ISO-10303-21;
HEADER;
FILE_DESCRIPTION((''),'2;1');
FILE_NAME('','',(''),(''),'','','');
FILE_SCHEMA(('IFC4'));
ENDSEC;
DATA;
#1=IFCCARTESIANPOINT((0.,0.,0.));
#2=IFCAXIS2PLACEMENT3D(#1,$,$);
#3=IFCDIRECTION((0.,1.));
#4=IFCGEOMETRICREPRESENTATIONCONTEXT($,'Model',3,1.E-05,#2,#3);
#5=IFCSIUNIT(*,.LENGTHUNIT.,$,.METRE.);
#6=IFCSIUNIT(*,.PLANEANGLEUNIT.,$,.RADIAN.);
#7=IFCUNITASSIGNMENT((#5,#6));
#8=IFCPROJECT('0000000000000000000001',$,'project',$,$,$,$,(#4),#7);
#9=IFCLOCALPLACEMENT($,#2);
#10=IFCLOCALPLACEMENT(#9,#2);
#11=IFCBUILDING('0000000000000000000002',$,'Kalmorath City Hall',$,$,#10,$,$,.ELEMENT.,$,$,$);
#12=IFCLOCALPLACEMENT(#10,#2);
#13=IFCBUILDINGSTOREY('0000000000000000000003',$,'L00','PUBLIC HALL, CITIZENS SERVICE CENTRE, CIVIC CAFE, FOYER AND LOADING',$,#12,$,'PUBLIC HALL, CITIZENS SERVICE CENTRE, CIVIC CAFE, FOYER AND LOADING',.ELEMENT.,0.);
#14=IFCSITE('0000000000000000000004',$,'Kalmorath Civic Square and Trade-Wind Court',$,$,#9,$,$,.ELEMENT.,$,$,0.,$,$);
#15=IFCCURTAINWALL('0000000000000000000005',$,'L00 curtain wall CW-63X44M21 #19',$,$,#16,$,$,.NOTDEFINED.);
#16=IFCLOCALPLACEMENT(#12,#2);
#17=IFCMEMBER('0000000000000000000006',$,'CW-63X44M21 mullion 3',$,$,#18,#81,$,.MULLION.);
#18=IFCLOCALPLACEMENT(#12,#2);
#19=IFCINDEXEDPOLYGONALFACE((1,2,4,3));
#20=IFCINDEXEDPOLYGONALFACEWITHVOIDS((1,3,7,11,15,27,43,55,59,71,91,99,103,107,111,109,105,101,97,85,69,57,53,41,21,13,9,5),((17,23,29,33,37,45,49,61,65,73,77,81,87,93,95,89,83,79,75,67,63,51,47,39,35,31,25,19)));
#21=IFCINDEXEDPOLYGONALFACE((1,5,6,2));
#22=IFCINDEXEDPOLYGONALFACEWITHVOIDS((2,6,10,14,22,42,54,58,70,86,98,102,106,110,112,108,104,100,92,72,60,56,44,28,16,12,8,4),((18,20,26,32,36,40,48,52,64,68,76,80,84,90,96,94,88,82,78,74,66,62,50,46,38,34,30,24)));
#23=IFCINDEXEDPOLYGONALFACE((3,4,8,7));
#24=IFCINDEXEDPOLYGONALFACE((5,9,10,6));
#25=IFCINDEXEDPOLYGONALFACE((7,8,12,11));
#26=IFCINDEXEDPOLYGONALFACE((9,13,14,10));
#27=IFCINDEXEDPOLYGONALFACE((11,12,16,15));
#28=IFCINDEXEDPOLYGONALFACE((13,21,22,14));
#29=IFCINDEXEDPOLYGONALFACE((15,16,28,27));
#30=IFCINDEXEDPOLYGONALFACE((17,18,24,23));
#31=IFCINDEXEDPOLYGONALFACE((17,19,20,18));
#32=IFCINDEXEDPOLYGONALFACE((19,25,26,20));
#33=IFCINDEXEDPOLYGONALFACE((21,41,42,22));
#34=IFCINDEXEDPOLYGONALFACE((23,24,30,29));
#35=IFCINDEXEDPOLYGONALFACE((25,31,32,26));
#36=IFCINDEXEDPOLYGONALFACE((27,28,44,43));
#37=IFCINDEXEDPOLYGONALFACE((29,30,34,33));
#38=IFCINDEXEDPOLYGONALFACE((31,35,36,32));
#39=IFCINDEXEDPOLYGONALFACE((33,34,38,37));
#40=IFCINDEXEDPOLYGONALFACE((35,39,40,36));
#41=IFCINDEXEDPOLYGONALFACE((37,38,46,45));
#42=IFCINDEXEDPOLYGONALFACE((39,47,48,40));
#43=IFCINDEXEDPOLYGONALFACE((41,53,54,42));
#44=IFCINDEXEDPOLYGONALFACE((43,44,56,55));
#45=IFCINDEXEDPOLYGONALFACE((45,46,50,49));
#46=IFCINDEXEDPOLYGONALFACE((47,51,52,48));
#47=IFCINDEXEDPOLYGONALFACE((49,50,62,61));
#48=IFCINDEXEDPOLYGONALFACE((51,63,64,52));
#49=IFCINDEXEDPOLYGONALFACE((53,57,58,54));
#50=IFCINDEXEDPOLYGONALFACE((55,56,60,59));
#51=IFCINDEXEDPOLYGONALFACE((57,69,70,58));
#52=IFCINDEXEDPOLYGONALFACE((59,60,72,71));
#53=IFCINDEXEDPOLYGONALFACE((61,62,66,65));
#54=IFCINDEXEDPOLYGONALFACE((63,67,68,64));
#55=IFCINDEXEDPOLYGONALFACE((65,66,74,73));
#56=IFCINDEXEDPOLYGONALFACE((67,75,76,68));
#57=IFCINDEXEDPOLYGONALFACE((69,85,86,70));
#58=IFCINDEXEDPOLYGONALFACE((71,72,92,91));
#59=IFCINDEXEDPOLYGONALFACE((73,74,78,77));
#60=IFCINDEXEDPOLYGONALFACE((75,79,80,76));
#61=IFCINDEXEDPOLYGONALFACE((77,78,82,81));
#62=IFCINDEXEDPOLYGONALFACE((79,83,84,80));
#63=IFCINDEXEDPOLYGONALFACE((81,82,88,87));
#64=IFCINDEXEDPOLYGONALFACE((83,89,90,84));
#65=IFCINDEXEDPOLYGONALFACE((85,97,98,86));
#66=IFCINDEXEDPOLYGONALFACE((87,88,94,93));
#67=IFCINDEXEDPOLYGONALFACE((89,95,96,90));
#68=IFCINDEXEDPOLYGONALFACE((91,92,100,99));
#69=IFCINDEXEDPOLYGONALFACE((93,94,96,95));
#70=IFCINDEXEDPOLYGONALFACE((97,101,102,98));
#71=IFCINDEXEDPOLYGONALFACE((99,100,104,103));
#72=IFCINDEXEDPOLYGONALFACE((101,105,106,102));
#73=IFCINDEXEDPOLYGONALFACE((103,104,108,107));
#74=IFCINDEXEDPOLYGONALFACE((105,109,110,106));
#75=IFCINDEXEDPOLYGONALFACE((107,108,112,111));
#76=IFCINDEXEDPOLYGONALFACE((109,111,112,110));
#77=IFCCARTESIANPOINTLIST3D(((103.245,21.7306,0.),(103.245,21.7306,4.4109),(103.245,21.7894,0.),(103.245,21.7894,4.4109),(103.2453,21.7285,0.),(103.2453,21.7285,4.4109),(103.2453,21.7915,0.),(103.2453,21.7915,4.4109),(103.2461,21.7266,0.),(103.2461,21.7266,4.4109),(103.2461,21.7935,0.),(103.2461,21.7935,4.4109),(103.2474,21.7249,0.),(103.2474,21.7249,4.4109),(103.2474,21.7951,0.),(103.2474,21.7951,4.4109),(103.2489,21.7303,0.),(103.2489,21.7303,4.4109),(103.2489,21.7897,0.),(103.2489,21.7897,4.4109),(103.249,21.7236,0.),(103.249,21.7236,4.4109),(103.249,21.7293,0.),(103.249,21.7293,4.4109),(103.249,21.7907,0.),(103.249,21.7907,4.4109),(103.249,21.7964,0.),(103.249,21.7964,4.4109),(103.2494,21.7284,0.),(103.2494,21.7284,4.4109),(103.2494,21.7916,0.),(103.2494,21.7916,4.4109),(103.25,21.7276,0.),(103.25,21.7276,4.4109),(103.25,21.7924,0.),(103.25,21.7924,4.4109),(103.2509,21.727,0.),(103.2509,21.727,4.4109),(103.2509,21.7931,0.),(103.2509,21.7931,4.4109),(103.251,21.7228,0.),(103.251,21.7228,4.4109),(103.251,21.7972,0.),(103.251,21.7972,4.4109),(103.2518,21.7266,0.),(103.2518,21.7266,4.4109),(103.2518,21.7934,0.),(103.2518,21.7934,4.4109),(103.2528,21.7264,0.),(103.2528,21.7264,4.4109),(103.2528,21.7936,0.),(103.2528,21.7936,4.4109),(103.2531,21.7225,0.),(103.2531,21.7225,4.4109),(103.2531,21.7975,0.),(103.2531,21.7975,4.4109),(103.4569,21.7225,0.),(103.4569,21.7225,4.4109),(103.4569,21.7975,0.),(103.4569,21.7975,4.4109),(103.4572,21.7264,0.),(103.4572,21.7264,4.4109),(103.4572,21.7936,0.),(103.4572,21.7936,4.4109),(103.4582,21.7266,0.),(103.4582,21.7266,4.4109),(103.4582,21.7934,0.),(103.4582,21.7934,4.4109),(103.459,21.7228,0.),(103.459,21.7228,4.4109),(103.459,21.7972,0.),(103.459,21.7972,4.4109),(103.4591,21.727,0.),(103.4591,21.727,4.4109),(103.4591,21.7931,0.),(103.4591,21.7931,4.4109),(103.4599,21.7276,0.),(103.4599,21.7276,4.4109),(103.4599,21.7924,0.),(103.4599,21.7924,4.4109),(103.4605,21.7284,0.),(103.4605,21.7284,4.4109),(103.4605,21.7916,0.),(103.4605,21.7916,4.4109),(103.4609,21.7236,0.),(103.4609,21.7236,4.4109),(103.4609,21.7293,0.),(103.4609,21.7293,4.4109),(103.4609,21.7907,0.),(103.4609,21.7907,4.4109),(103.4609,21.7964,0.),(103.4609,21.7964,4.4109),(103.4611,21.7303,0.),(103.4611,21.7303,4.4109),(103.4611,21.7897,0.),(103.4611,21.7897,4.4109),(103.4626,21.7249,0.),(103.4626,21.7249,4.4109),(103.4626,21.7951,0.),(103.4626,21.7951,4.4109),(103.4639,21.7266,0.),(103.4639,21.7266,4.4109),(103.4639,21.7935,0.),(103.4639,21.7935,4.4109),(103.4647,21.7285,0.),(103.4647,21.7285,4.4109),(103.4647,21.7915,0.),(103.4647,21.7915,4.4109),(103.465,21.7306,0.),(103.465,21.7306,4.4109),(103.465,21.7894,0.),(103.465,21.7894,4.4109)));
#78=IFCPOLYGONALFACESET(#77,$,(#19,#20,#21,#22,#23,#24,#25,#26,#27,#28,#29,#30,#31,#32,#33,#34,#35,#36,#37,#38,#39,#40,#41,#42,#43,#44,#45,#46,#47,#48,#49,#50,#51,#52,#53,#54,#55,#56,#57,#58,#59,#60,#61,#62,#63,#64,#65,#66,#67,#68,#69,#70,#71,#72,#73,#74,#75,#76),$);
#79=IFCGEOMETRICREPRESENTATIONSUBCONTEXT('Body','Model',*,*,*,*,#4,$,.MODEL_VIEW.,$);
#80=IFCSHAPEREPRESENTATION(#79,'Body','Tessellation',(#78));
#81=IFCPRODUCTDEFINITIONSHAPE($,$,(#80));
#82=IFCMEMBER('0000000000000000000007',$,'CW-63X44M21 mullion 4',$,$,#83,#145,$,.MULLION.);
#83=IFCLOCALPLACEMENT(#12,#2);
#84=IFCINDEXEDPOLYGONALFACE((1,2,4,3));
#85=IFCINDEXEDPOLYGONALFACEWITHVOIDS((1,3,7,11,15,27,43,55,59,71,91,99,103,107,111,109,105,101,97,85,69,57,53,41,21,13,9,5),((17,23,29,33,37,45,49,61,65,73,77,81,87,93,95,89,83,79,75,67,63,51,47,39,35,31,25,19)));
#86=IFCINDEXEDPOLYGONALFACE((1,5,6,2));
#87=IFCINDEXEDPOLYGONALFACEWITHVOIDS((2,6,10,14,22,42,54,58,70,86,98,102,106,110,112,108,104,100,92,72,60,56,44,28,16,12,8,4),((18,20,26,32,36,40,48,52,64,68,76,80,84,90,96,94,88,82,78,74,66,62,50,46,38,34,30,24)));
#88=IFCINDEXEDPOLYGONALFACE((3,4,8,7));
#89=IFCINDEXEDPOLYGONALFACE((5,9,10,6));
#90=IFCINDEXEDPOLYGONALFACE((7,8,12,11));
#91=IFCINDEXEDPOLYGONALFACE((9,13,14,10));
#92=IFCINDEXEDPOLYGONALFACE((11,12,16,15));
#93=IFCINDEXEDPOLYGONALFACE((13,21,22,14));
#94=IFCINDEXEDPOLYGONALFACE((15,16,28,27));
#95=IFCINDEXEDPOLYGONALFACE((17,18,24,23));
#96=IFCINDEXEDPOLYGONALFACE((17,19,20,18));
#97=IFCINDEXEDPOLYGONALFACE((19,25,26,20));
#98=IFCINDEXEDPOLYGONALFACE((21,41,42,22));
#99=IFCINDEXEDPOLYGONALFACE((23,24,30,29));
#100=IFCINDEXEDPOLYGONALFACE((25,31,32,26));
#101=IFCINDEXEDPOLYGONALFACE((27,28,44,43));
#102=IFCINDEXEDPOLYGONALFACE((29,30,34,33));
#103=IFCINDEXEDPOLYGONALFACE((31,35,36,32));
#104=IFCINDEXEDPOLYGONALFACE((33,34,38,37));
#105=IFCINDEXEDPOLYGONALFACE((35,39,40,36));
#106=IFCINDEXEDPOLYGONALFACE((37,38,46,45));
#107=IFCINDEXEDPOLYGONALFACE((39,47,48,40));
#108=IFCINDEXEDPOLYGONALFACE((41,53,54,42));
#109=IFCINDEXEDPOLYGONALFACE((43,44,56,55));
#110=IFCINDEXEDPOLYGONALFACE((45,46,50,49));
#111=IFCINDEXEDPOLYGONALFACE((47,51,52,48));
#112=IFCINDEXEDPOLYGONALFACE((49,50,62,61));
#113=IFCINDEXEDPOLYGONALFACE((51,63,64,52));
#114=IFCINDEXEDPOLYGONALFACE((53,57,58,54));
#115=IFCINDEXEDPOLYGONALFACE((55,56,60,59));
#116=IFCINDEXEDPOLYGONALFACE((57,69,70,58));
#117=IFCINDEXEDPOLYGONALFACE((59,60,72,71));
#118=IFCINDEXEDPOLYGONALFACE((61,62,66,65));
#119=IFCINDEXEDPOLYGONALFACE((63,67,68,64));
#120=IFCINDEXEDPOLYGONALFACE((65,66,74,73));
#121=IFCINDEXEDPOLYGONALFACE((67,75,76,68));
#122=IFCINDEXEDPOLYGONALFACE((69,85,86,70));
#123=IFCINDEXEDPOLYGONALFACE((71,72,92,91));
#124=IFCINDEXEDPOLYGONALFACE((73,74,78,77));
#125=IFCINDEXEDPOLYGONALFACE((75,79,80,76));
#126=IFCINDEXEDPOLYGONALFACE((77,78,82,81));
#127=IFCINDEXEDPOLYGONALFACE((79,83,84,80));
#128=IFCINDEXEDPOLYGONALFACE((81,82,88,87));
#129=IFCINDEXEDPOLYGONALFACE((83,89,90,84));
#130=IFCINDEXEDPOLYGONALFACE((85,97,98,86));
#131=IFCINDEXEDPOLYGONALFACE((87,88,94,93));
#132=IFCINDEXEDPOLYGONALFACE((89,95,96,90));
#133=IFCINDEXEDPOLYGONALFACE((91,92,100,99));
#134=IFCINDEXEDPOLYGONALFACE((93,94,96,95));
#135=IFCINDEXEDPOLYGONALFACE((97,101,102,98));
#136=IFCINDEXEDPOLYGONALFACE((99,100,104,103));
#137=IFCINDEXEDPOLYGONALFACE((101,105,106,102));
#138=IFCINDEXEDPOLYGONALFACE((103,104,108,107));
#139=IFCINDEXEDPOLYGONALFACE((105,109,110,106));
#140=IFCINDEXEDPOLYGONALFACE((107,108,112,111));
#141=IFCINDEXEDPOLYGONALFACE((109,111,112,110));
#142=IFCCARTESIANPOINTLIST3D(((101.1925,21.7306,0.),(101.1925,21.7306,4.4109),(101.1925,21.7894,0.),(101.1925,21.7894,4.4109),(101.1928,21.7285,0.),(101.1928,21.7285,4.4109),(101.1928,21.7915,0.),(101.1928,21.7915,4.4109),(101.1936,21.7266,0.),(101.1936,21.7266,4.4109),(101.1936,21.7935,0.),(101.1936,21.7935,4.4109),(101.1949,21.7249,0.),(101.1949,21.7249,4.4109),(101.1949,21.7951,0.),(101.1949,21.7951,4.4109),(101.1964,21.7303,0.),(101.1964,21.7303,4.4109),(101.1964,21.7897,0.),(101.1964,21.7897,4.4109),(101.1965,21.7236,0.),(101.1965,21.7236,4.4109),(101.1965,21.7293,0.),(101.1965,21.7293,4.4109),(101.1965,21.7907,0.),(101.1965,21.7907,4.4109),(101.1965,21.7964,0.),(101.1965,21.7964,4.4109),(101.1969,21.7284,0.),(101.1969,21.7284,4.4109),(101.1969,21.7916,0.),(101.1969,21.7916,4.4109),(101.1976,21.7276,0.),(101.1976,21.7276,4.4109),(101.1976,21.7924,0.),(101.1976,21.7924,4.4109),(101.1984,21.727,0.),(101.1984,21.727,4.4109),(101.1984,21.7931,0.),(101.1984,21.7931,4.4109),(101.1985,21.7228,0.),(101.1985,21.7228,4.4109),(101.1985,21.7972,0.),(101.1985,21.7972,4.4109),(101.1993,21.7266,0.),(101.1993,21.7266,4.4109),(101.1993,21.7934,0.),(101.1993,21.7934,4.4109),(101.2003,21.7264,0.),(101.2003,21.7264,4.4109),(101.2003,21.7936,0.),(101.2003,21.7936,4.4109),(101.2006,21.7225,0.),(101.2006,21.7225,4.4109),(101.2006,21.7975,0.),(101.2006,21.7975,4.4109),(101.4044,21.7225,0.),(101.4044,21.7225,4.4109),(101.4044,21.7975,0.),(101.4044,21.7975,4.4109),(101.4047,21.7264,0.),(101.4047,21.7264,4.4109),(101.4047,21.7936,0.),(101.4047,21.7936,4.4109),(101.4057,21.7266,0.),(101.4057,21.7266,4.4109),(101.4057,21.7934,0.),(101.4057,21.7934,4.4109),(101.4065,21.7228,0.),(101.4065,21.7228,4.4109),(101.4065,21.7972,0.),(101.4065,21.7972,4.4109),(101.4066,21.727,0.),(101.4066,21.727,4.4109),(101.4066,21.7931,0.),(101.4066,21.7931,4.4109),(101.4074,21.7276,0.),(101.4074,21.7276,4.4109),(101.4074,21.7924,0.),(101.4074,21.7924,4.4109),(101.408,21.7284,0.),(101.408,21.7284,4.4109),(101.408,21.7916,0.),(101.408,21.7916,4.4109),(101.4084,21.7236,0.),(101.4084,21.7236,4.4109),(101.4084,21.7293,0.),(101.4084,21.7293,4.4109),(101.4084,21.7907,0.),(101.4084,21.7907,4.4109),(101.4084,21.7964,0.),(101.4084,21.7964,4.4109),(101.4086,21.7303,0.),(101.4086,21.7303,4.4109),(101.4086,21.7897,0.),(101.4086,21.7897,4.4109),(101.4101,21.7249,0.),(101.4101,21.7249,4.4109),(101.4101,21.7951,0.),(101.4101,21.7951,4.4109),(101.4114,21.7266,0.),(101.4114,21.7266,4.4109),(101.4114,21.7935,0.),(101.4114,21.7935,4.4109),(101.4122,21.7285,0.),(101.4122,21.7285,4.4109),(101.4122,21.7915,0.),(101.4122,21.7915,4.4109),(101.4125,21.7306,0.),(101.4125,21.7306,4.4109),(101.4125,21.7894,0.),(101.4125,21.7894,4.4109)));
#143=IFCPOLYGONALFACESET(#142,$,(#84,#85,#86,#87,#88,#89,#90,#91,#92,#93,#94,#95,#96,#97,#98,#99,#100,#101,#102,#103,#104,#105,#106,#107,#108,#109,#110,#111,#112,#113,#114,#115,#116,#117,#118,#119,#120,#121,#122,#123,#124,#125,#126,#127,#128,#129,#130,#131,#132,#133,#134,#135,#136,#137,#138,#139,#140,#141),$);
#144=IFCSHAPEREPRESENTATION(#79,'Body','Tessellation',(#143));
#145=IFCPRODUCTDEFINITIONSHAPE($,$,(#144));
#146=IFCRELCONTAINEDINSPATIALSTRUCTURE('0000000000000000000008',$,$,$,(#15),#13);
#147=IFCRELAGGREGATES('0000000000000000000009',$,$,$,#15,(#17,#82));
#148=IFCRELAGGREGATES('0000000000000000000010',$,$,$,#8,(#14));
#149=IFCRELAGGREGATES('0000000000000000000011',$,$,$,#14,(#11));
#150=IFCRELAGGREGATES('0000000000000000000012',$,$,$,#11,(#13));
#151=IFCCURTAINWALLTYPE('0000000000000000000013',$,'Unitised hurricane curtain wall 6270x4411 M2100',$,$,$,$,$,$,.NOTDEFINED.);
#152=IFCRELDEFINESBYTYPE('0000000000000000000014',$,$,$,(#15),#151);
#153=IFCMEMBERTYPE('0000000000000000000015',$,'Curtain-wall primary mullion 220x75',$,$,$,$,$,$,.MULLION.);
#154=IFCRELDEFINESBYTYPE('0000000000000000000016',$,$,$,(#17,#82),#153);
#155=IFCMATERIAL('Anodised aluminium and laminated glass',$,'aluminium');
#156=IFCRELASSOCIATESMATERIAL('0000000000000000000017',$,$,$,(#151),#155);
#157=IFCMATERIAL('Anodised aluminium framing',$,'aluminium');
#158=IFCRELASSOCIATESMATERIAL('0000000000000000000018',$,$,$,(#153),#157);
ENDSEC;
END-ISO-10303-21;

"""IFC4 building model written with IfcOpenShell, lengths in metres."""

from ifc_helpers import new_model, si_unit, direction, frame, origin, origin_2d, place, context, subcontext, project, spatial, hollow_rectangle, extrude, material, material_profile, profile_set, type_object, element, aggregate, save


model = new_model("IFC4")

# Units and contexts
model_context = context("Model", 3, precision=1e-05, world=origin(), true_north=direction((0.0, 1.0)))
body_context = subcontext(model_context, "Body", "Model", "MODEL_VIEW")
ifc_project = project(units=[si_unit("LENGTHUNIT", "METRE"), si_unit("PLANEANGLEUNIT", "RADIAN")], contexts=[model_context])

# Site, building, storey
site_placement = place(None, origin())
site = spatial("IfcSite", under=ifc_project, at=site_placement, Name="Kalmorath Civic Square and Trade-Wind Court", CompositionType="ELEMENT", RefElevation=0.0)
building_placement = place(site_placement, origin())
building = spatial("IfcBuilding", under=site, at=building_placement, Name="Kalmorath City Hall", CompositionType="ELEMENT")
storey_placement = place(building_placement, origin())
storey = spatial("IfcBuildingStorey", under=building, at=storey_placement, Name="L00", Description="PUBLIC HALL, CITIZENS SERVICE CENTRE, CIVIC CAFE, FOYER AND LOADING", LongName="PUBLIC HALL, CITIZENS SERVICE CENTRE, CIVIC CAFE, FOYER AND LOADING", CompositionType="ELEMENT", Elevation=0.0)

# Curtain wall, members
ifc_material_1 = material(Name="Anodised aluminium and laminated glass", Category="aluminium")
curtain_wall_type_1 = type_object("IfcCurtainWallType", Name="Unitised hurricane curtain wall 6270x4411 M2100", PredefinedType="NOTDEFINED", material=ifc_material_1)
curtain_wall_1_placement = place(storey_placement, origin())
curtain_wall_1 = element("IfcCurtainWall", 1, at=curtain_wall_1_placement, inside=storey, type_object=curtain_wall_type_1, Name="L00 curtain wall CW-63X44M21 #19", PredefinedType="NOTDEFINED")
ifc_material_2 = material(Name="Anodised aluminium framing", Category="aluminium")
ifc_material_profile_1 = material_profile(ifc_material_2, hollow_rectangle(XDim=0.075, YDim=0.22, WallThickness=0.0039, InnerFilletRadius=0.0039, OuterFilletRadius=0.0081, at=origin_2d()), Name="ALU-MUL-220X75X4")
ifc_profile_set_1 = profile_set([ifc_material_profile_1], Name="Anodised aluminium framing")
member_type_1 = type_object("IfcMemberType", Name="Curtain-wall primary mullion 220x75", PredefinedType="MULLION", material=ifc_profile_set_1)
member_1_placement = place(storey_placement, frame((103.355, 21.76, 0.0), z_axis=(0.0, 0.0, 1.0), x_axis=(0.0, -1.0, 0.0)))
member_1 = element("IfcMember", 2, at=member_1_placement, type_object=member_type_1, Name="CW-63X44M21 mullion 3", PredefinedType="MULLION", context=body_context, shape_type="SweptSolid", body=[
    extrude(hollow_rectangle(XDim=0.075, YDim=0.22, WallThickness=0.0039, InnerFilletRadius=0.0039, OuterFilletRadius=0.0081, at=origin_2d()), origin(), (0.0, 0.0, 1.0), 4.4109),
])
member_2_placement = place(storey_placement, frame((101.3025, 21.76, 0.0), z_axis=(0.0, 0.0, 1.0), x_axis=(0.0, -1.0, 0.0)))
member_2 = element("IfcMember", 3, at=member_2_placement, type_object=member_type_1, Name="CW-63X44M21 mullion 4", PredefinedType="MULLION", context=body_context, shape_type="SweptSolid", body=[
    extrude(hollow_rectangle(XDim=0.075, YDim=0.22, WallThickness=0.0039, InnerFilletRadius=0.0039, OuterFilletRadius=0.0081, at=origin_2d()), origin(), (0.0, 0.0, 1.0), 4.4109),
])

aggregate(curtain_wall_1, [member_1, member_2])

save(model, "model.ifc")
